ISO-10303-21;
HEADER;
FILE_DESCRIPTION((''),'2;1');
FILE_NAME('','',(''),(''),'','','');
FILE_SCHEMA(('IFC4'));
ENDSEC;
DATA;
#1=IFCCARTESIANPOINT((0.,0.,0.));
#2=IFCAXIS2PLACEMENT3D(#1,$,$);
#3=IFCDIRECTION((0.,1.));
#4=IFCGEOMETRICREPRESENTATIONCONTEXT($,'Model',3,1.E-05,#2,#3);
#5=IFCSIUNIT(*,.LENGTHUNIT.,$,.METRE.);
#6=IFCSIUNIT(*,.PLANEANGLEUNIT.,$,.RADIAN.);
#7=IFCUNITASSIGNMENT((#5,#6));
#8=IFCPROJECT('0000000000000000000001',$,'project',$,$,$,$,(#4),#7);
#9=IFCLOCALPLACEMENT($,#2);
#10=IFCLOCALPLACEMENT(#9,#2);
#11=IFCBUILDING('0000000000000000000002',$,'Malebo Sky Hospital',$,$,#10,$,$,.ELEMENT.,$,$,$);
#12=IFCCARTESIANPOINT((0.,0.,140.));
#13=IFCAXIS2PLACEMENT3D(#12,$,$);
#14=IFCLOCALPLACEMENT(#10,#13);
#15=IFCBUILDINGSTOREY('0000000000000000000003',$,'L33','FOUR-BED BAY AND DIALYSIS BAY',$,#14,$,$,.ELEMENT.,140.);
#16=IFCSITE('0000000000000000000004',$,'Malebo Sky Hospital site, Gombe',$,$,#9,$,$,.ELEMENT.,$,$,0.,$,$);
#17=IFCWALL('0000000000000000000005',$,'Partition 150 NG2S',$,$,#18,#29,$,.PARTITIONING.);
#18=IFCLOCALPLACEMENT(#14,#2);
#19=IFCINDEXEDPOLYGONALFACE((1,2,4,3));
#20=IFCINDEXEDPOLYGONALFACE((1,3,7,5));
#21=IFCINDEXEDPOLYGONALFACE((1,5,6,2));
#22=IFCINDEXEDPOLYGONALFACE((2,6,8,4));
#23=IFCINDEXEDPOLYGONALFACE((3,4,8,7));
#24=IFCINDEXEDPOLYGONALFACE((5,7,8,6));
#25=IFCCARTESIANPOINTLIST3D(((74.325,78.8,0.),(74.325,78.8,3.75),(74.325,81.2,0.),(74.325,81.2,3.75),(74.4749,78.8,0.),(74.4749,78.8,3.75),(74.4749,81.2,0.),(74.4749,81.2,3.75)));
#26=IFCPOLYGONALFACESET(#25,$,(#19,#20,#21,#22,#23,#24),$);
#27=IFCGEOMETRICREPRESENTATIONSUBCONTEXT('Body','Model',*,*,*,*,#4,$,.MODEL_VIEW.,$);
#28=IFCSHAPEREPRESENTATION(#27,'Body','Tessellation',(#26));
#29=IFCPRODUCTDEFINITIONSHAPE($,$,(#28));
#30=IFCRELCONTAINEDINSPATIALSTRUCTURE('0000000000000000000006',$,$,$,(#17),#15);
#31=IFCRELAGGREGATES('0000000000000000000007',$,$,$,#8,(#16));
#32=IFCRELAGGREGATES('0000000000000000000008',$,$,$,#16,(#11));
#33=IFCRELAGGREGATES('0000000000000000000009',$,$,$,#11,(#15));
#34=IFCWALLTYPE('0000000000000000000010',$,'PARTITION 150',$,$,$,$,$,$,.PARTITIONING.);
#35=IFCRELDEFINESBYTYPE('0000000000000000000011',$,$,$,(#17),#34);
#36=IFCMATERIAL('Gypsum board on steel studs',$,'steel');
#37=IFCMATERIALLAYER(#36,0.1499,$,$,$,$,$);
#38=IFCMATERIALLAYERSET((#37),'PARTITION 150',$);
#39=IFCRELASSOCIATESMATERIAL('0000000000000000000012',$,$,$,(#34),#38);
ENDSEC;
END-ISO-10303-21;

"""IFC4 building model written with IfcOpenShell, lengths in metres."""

from ifc_helpers import new_model, si_unit, direction, frame, frame_2d, origin, place, context, subcontext, project, spatial, rectangle, extrude, material, layer, layer_set, type_object, element, save


model = new_model("IFC4")

# Units and contexts
model_context = context("Model", 3, precision=1e-05, world=origin(), true_north=direction((0.0, 1.0)))
body_context = subcontext(model_context, "Body", "Model", "MODEL_VIEW")
ifc_project = project(units=[si_unit("LENGTHUNIT", "METRE"), si_unit("PLANEANGLEUNIT", "RADIAN")], contexts=[model_context])

# Site, building, storey
site_placement = place(None, origin())
site = spatial("IfcSite", under=ifc_project, at=site_placement, Name="Malebo Sky Hospital site, Gombe", CompositionType="ELEMENT", RefElevation=0.0)
building_placement = place(site_placement, origin())
building = spatial("IfcBuilding", under=site, at=building_placement, Name="Malebo Sky Hospital", CompositionType="ELEMENT")
storey_placement = place(building_placement, frame((0.0, 0.0, 140.0)))
storey = spatial("IfcBuildingStorey", under=building, at=storey_placement, Name="L33", Description="FOUR-BED BAY AND DIALYSIS BAY", CompositionType="ELEMENT", Elevation=140.0)

# Shared definitions
ifc_material_1 = material(Name="Gypsum board on steel studs", Category="steel")

# Shared definitions
ifc_layer_1 = layer(ifc_material_1, 0.1499)
ifc_layer_set_1 = layer_set([ifc_layer_1], Name="PARTITION 150")
wall_type_1 = type_object("IfcWallType", Name="PARTITION 150", PredefinedType="PARTITIONING", material=ifc_layer_set_1)

# Wall
for number, where, z_axis, x_axis, name in (
    (1, (74.3999, 78.8, 0.0), (0.0, 0.0, 1.0), (0.0, 1.0, 0.0), "Partition 150 NG2S"),
):
    element("IfcWall", number, at=place(storey_placement, frame(where, z_axis=z_axis, x_axis=x_axis)), inside=storey, type_object=wall_type_1, Name=name, PredefinedType="PARTITIONING", context=body_context, shape_type="SweptSolid", body=[
        extrude(rectangle(XDim=2.3999, YDim=0.1499, at=frame_2d((1.2, 0.0))), origin(), (0.0, 0.0, 1.0), 3.75),
    ])

save(model, "model.ifc")
